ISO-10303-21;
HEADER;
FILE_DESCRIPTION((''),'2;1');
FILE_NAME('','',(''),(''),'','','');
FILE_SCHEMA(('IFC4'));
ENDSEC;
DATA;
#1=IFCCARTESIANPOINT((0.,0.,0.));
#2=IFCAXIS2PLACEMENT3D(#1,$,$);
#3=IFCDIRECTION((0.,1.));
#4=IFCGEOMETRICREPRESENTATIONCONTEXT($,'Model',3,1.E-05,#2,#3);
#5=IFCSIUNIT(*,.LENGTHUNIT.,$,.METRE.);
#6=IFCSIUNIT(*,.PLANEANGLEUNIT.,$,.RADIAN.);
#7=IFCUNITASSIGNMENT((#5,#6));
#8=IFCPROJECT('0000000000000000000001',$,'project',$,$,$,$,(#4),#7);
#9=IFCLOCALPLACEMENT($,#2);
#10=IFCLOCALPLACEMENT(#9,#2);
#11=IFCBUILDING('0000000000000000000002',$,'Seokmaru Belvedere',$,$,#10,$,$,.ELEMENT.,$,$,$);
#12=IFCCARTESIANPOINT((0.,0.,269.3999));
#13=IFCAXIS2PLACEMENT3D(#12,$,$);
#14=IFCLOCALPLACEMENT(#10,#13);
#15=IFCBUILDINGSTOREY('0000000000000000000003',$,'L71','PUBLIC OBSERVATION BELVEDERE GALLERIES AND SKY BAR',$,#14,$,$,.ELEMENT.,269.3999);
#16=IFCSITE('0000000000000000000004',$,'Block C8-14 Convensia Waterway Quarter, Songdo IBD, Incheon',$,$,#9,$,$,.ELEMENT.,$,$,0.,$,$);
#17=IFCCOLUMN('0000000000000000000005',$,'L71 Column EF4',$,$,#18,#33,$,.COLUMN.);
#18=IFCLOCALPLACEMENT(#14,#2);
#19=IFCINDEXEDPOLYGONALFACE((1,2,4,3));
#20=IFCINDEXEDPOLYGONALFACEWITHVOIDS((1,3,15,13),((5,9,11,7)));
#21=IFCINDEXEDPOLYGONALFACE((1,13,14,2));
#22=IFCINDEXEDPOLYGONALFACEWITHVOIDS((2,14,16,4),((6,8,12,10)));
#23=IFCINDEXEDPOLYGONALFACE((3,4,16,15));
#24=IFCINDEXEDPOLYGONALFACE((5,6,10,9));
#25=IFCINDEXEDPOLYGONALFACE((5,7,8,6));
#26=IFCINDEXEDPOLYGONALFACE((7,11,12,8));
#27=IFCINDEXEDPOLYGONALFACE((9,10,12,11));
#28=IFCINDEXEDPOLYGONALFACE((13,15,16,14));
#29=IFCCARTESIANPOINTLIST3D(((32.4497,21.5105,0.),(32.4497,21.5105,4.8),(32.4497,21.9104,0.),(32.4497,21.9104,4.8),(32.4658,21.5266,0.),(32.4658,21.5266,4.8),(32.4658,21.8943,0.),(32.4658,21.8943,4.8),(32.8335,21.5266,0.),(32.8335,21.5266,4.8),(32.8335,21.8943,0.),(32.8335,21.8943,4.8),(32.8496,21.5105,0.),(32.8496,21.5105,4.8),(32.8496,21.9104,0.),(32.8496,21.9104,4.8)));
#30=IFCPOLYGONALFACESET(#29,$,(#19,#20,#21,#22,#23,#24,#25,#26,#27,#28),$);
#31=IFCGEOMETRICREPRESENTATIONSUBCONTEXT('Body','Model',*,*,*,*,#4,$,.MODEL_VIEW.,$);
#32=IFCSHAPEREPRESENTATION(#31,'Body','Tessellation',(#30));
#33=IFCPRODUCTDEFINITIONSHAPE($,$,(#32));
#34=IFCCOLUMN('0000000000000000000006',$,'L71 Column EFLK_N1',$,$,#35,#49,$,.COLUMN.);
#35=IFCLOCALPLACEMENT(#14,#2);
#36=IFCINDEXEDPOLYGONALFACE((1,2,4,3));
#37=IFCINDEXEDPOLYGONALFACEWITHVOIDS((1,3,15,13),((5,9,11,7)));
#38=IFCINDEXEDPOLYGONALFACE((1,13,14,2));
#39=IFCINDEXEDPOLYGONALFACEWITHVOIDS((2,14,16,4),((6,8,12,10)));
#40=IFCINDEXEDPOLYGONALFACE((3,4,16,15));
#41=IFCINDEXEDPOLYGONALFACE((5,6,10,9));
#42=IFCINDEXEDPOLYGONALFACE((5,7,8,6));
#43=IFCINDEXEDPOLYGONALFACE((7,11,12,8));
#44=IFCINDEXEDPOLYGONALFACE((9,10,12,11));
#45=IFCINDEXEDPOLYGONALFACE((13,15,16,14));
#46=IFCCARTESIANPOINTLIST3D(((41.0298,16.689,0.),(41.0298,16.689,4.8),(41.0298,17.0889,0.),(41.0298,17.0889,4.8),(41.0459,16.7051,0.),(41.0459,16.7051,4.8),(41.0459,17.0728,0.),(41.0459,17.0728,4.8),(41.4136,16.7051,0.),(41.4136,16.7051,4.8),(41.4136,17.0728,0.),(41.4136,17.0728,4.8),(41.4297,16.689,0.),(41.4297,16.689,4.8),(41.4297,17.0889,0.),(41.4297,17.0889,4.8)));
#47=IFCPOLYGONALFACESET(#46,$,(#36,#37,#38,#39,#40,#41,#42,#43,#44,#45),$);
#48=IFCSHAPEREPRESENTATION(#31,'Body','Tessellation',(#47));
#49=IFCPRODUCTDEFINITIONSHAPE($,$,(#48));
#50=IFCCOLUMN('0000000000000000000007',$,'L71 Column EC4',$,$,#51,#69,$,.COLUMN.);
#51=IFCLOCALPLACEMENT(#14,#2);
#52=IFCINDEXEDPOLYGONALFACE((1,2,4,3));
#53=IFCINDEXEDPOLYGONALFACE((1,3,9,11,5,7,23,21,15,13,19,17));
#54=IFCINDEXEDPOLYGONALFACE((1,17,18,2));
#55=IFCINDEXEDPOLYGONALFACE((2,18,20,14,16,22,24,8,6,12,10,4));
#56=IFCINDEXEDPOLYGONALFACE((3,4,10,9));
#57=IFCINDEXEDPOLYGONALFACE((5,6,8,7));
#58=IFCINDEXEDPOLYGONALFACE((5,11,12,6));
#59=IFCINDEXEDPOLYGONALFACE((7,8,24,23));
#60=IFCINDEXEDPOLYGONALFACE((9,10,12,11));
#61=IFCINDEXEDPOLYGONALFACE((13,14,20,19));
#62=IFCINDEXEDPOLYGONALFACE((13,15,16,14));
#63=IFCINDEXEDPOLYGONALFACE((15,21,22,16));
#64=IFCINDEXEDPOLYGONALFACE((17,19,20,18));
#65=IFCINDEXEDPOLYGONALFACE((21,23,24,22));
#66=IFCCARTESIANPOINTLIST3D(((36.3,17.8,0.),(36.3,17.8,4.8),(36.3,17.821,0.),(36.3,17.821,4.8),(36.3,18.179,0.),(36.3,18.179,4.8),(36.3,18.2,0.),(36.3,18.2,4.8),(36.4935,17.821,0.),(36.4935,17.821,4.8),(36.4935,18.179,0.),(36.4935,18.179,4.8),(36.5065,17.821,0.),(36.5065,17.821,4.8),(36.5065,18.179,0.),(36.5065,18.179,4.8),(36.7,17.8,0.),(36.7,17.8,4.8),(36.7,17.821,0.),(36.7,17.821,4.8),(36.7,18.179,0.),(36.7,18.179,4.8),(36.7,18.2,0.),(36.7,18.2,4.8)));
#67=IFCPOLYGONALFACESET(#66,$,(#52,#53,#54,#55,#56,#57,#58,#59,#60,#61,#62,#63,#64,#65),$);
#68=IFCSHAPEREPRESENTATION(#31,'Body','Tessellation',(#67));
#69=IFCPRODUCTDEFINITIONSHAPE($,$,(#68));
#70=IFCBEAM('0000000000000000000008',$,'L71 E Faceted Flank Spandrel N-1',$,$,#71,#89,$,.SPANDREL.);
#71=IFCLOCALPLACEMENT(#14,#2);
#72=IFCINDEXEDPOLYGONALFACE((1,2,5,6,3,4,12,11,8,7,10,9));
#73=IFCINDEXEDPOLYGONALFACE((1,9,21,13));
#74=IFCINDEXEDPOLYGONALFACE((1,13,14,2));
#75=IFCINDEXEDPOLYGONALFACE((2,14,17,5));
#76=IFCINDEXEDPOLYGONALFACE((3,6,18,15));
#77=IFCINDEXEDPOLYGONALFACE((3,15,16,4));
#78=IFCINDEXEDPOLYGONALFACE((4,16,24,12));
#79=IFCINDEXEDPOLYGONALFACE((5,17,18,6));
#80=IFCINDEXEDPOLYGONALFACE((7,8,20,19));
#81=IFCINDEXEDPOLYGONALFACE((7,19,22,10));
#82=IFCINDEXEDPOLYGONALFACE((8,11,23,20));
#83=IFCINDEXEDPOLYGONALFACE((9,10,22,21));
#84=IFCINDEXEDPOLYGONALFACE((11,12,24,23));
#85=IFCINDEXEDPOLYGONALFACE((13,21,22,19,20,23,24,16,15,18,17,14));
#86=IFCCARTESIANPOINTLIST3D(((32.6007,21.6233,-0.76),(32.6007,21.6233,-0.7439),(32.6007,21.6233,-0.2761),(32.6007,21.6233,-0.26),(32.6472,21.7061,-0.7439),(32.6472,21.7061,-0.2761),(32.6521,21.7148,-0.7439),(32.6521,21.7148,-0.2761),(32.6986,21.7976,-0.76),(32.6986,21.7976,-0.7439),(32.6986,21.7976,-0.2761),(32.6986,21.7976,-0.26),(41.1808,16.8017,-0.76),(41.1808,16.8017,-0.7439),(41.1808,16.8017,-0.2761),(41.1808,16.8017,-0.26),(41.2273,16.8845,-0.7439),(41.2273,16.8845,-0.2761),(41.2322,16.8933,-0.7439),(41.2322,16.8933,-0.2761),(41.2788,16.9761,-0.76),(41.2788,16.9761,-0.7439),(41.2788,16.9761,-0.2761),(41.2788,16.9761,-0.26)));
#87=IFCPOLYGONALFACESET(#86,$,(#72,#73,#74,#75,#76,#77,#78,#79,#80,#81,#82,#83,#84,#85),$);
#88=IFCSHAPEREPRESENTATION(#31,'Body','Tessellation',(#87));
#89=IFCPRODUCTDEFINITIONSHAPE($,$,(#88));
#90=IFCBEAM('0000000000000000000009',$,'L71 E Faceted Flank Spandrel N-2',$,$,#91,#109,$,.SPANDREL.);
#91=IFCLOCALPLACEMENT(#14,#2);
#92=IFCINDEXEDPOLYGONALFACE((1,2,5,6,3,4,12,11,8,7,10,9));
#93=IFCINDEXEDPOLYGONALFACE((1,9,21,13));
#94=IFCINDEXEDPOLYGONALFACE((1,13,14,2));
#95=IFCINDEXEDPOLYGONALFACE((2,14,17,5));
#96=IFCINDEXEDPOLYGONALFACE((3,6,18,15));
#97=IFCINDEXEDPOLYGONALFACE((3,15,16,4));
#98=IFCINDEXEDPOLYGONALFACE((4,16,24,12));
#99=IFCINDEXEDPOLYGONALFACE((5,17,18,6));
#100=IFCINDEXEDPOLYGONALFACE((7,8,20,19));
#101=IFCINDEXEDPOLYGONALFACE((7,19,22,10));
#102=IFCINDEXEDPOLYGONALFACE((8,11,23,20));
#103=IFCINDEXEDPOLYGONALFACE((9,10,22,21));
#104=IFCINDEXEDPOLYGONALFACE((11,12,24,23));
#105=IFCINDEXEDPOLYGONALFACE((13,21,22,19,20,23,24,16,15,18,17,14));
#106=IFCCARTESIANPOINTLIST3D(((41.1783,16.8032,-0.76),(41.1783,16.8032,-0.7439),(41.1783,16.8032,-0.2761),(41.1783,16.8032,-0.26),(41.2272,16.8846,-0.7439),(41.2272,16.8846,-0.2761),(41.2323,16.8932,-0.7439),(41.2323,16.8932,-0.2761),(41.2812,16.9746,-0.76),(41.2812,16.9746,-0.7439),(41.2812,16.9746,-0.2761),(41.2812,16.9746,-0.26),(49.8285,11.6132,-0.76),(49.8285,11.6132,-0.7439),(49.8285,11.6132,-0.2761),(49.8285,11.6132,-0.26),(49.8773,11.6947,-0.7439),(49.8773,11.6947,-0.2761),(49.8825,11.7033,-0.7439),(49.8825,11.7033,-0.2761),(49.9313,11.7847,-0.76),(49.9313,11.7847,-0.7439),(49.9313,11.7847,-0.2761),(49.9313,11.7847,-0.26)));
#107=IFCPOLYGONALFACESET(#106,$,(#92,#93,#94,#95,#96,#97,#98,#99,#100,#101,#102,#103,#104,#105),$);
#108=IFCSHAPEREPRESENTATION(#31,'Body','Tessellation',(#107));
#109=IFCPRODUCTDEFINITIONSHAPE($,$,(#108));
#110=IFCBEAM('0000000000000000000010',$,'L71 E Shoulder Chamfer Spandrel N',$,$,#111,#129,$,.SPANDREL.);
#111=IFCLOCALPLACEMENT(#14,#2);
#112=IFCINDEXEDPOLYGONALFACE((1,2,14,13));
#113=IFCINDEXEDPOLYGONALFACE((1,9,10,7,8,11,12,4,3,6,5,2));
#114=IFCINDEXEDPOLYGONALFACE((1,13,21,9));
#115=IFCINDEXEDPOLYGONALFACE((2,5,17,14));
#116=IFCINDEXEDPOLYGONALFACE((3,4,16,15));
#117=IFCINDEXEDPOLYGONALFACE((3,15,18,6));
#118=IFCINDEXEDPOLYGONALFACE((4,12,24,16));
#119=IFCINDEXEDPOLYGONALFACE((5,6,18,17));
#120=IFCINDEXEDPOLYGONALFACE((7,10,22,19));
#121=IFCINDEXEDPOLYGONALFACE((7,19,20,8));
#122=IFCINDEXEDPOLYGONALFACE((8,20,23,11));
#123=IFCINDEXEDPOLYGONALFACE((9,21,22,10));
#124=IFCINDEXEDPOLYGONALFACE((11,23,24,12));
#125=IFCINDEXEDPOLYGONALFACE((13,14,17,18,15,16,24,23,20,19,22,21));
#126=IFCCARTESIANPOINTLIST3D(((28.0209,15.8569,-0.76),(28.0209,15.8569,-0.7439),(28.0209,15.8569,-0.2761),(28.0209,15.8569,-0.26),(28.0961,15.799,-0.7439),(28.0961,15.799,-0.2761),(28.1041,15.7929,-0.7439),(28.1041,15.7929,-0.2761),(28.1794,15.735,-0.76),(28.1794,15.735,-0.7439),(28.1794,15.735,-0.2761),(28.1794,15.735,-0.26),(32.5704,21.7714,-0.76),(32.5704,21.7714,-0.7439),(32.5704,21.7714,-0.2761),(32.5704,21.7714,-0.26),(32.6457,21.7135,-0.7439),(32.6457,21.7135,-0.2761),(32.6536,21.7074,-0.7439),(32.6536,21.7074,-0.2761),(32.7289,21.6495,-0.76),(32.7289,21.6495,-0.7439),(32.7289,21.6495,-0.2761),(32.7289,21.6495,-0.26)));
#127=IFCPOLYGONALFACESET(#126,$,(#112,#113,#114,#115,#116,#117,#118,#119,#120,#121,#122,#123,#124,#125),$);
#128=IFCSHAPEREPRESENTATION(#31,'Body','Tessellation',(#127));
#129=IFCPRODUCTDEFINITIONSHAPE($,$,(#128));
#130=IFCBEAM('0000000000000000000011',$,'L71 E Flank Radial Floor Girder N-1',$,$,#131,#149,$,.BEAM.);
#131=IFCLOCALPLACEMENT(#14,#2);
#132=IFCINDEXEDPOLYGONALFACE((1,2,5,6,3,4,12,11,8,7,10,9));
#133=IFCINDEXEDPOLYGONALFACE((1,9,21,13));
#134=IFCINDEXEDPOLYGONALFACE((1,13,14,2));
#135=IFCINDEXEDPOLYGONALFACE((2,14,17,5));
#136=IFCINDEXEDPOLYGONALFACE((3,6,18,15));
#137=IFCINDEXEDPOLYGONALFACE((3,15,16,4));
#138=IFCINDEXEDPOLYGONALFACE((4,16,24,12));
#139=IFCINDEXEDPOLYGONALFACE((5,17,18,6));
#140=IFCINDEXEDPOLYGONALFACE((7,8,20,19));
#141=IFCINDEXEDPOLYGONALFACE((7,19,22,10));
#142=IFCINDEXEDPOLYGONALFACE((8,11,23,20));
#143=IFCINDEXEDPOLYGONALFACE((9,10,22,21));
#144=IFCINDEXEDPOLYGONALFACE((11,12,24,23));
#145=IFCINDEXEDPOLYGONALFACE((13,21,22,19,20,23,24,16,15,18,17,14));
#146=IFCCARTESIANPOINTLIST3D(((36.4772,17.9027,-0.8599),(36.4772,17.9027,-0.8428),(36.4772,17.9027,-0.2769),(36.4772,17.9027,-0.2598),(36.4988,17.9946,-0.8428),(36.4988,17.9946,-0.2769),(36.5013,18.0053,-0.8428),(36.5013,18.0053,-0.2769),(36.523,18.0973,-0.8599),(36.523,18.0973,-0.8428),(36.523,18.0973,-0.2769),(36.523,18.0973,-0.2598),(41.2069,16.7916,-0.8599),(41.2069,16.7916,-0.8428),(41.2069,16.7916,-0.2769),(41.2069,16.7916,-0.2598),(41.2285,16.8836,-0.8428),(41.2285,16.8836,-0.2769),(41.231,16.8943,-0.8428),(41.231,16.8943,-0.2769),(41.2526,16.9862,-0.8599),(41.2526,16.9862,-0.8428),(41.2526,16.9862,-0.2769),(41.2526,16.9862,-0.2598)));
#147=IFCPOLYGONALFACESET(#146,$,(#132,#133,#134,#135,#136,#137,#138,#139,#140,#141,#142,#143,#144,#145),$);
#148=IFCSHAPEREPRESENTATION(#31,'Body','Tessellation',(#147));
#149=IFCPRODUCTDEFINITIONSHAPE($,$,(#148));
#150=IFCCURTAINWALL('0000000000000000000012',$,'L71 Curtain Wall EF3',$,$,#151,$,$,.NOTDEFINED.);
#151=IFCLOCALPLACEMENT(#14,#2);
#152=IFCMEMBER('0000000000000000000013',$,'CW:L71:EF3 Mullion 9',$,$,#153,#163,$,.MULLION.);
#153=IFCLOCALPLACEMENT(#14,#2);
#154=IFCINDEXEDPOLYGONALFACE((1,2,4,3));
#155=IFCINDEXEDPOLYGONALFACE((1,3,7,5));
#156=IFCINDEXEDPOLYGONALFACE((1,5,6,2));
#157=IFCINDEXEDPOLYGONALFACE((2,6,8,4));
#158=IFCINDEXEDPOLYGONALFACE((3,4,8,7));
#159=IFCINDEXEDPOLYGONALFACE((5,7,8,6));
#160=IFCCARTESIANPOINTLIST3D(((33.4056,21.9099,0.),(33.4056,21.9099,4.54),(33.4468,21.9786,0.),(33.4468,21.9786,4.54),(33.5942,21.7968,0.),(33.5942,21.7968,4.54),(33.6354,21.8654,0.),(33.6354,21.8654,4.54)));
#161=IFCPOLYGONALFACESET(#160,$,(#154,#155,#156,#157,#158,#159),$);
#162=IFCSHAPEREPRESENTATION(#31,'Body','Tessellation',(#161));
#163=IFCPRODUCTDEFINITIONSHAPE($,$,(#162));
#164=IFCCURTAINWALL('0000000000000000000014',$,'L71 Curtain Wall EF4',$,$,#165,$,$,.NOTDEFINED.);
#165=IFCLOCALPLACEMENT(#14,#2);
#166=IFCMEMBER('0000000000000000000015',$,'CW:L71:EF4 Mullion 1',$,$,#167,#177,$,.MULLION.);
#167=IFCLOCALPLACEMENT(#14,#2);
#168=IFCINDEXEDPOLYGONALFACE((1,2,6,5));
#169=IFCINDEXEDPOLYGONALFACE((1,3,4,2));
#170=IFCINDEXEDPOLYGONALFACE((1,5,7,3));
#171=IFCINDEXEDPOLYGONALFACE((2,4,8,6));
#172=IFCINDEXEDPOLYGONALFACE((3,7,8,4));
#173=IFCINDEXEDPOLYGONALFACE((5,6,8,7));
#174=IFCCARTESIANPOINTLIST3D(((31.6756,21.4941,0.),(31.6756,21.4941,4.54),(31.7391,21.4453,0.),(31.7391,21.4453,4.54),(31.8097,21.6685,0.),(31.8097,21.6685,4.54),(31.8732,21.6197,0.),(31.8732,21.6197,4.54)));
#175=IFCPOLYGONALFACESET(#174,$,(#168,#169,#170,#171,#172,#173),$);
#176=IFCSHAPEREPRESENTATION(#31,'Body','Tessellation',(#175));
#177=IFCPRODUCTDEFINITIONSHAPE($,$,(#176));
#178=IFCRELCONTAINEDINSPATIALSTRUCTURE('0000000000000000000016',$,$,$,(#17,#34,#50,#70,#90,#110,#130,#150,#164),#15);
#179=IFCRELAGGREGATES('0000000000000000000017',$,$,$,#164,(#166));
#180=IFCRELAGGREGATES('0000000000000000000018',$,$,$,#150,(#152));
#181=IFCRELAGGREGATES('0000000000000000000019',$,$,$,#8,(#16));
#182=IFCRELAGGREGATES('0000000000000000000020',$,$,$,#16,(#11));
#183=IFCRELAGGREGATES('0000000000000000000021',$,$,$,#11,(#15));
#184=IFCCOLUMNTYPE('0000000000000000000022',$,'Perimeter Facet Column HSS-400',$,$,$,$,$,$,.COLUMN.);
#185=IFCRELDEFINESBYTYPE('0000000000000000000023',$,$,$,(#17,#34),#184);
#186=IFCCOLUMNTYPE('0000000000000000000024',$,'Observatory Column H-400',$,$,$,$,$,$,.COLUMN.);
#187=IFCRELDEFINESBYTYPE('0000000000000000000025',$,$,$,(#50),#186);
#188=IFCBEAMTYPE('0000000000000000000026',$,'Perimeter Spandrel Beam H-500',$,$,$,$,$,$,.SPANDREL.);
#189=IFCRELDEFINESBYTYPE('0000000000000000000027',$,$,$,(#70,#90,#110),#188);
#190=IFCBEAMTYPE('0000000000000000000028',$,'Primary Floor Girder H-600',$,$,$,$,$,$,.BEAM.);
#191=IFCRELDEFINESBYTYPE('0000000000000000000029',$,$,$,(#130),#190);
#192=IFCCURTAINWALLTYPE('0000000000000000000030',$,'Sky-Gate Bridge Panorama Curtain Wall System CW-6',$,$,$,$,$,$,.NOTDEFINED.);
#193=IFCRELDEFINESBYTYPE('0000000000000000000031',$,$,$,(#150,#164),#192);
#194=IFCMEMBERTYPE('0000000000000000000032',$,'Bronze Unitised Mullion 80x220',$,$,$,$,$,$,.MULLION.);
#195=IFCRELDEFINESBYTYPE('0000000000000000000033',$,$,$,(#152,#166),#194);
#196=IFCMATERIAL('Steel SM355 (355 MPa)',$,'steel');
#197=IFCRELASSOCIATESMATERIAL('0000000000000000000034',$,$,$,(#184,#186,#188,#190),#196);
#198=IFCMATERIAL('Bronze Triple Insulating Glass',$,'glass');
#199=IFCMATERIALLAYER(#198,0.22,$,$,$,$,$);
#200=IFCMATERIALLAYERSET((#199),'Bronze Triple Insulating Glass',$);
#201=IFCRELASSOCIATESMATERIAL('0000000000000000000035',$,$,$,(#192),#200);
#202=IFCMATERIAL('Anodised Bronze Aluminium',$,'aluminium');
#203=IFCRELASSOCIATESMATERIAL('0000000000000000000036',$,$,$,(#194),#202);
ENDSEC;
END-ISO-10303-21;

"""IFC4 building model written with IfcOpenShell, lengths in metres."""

from ifc_helpers import new_model, si_unit, direction, frame, origin, origin_2d, place, context, subcontext, project, spatial, rectangle, hollow_rectangle, i_section, extrude, source, transform, mapped, material, layer, layer_set, material_profile, profile_set, type_object, type_shapes, element, aggregate, save


model = new_model("IFC4")

# Units and contexts
model_context = context("Model", 3, precision=1e-05, world=origin(), true_north=direction((0.0, 1.0)))
body_context = subcontext(model_context, "Body", "Model", "MODEL_VIEW")
ifc_project = project(units=[si_unit("LENGTHUNIT", "METRE"), si_unit("PLANEANGLEUNIT", "RADIAN")], contexts=[model_context])

# Site, building, storey
site_placement = place(None, origin())
site = spatial("IfcSite", under=ifc_project, at=site_placement, Name="Block C8-14 Convensia Waterway Quarter, Songdo IBD, Incheon", CompositionType="ELEMENT", RefElevation=0.0)
building_placement = place(site_placement, origin())
building = spatial("IfcBuilding", under=site, at=building_placement, Name="Seokmaru Belvedere", CompositionType="ELEMENT")
storey_placement = place(building_placement, frame((0.0, 0.0, 269.3999)))
storey = spatial("IfcBuildingStorey", under=building, at=storey_placement, Name="L71", Description="PUBLIC OBSERVATION BELVEDERE GALLERIES AND SKY BAR", CompositionType="ELEMENT", Elevation=269.3999)

# Columns
ifc_material_1 = material(Name="Steel SM355 (355 MPa)", Category="steel")
ifc_material_profile_1 = material_profile(ifc_material_1, hollow_rectangle(XDim=0.3999, YDim=0.3999, WallThickness=0.0161, at=origin_2d()), Name="HSS-400x400x16")
ifc_profile_set_1 = profile_set([ifc_material_profile_1], Name="Steel SM355 (355 MPa)")
column_type_1 = type_object("IfcColumnType", Name="Perimeter Facet Column HSS-400", PredefinedType="COLUMN", material=ifc_profile_set_1)
shared_shape_1 = source(origin(), body_context, "Body", "SweptSolid", [
    extrude(hollow_rectangle(XDim=0.3999, YDim=0.3999, WallThickness=0.0161, at=origin_2d()), origin(), (0.0, 0.0, 1.0), 4.8),
])
type_shapes(column_type_1, [shared_shape_1])
for number, where, z_axis, x_axis, name in (
    (1, (32.6497, 21.7104, 0.0), (0.0, 0.0, 1.0), (1.0, 0.0, 0.0), "L71 Column EF4"),
    (2, (41.2297, 16.8889, 0.0), (0.0, 0.0, 1.0), (1.0, 0.0, 0.0), "L71 Column EFLK_N1"),
):
    element("IfcColumn", number, at=place(storey_placement, frame(where, z_axis=z_axis, x_axis=x_axis)), inside=storey, type_object=column_type_1, Name=name, PredefinedType="COLUMN", context=body_context, shape_type="MappedRepresentation", body=[
        mapped(shared_shape_1, transform((0.0, 0.0, 0.0), scale=1.0)),
    ])
ifc_material_profile_2 = material_profile(ifc_material_1, i_section(OverallWidth=0.3999, OverallDepth=0.3999, WebThickness=0.0129, FlangeThickness=0.021, at=origin_2d()), Name="H-400x400x13x21")
ifc_profile_set_2 = profile_set([ifc_material_profile_2], Name="Steel SM355 (355 MPa)")
column_type_2 = type_object("IfcColumnType", Name="Observatory Column H-400", PredefinedType="COLUMN", material=ifc_profile_set_2)
shared_shape_2 = source(origin(), body_context, "Body", "SweptSolid", [
    extrude(i_section(OverallWidth=0.3999, OverallDepth=0.3999, WebThickness=0.0129, FlangeThickness=0.021, at=origin_2d()), origin(), (0.0, 0.0, 1.0), 4.8),
])
type_shapes(column_type_2, [shared_shape_2])
column_placement = place(storey_placement, frame((36.5, 18.0, 0.0), z_axis=(0.0, 0.0, 1.0), x_axis=(1.0, 0.0, 0.0)))
element("IfcColumn", 3, at=column_placement, inside=storey, type_object=column_type_2, Name="L71 Column EC4", PredefinedType="COLUMN", context=body_context, shape_type="MappedRepresentation", body=[
    mapped(shared_shape_2, transform((0.0, 0.0, 0.0), scale=1.0)),
])

# Beams
ifc_material_profile_3 = material_profile(ifc_material_1, i_section(OverallWidth=0.2, OverallDepth=0.5, WebThickness=0.01, FlangeThickness=0.0161, at=origin_2d()), Name="H-500x200x10x16")
ifc_profile_set_3 = profile_set([ifc_material_profile_3], Name="Steel SM355 (355 MPa)")
beam_type_1 = type_object("IfcBeamType", Name="Perimeter Spandrel Beam H-500", PredefinedType="SPANDREL", material=ifc_profile_set_3)
shared_shape_3 = source(origin(), body_context, "Body", "SweptSolid", [
    extrude(i_section(OverallWidth=0.2, OverallDepth=0.5, WebThickness=0.01, FlangeThickness=0.0161, at=origin_2d()), origin(), (0.0, 0.0, 1.0), 9.842),
])
beam_1_placement = place(storey_placement, frame((32.6497, 21.7104, -0.51), z_axis=(0.871782, -0.489894, 0.0), x_axis=(0.489894, 0.871782, 0.0)))
element("IfcBeam", 4, at=beam_1_placement, inside=storey, type_object=beam_type_1, Name="L71 E Faceted Flank Spandrel N-1", PredefinedType="SPANDREL", context=body_context, shape_type="MappedRepresentation", body=[
    mapped(shared_shape_3, transform((0.0, 0.0, 0.0), scale=1.0)),
])
shared_shape_4 = source(origin(), body_context, "Body", "SweptSolid", [
    extrude(i_section(OverallWidth=0.2, OverallDepth=0.5, WebThickness=0.01, FlangeThickness=0.0161, at=origin_2d()), origin(), (0.0, 0.0, 1.0), 10.0876),
])
beam_2_placement = place(storey_placement, frame((41.2297, 16.8889, -0.51), z_axis=(0.857499, -0.514485, 0.0), x_axis=(0.514485, 0.857499, 0.0)))
element("IfcBeam", 5, at=beam_2_placement, inside=storey, type_object=beam_type_1, Name="L71 E Faceted Flank Spandrel N-2", PredefinedType="SPANDREL", context=body_context, shape_type="MappedRepresentation", body=[
    mapped(shared_shape_4, transform((0.0, 0.0, 0.0), scale=1.0)),
])
shared_shape_5 = source(origin(), body_context, "Body", "SweptSolid", [
    extrude(i_section(OverallWidth=0.2, OverallDepth=0.5, WebThickness=0.01, FlangeThickness=0.0161, at=origin_2d()), origin(), (0.0, 0.0, 1.0), 7.4619),
])
type_shapes(beam_type_1, [shared_shape_3, shared_shape_4, shared_shape_5])
beam_3_placement = place(storey_placement, frame((32.6497, 21.7104, -0.51), z_axis=(-0.609703, -0.79263, 0.0), x_axis=(0.79263, -0.609703, 0.0)))
element("IfcBeam", 6, at=beam_3_placement, inside=storey, type_object=beam_type_1, Name="L71 E Shoulder Chamfer Spandrel N", PredefinedType="SPANDREL", context=body_context, shape_type="MappedRepresentation", body=[
    mapped(shared_shape_5, transform((0.0, 0.0, 0.0), scale=1.0)),
])
ifc_material_profile_4 = material_profile(ifc_material_1, i_section(OverallWidth=0.2, OverallDepth=0.6001, WebThickness=0.011, FlangeThickness=0.0171, at=origin_2d()), Name="H-600x200x11x17")
ifc_profile_set_4 = profile_set([ifc_material_profile_4], Name="Steel SM355 (355 MPa)")
beam_type_2 = type_object("IfcBeamType", Name="Primary Floor Girder H-600", PredefinedType="BEAM", material=ifc_profile_set_4)
shared_shape_6 = source(origin(), body_context, "Body", "SweptSolid", [
    extrude(i_section(OverallWidth=0.2, OverallDepth=0.6001, WebThickness=0.011, FlangeThickness=0.0171, at=origin_2d()), origin(), (0.0, 0.0, 1.0), 4.8584),
])
type_shapes(beam_type_2, [shared_shape_6])
beam_4_placement = place(storey_placement, frame((41.2297, 16.8889, -0.5598), z_axis=(-0.973499, 0.228689, 0.0), x_axis=(-0.228689, -0.973499, 0.0)))
element("IfcBeam", 7, at=beam_4_placement, inside=storey, type_object=beam_type_2, Name="L71 E Flank Radial Floor Girder N-1", PredefinedType="BEAM", context=body_context, shape_type="MappedRepresentation", body=[
    mapped(shared_shape_6, transform((0.0, 0.0, 0.0), scale=1.0)),
])

# Curtain wall, member
ifc_material_2 = material(Name="Bronze Triple Insulating Glass", Category="glass")
ifc_layer_1 = layer(ifc_material_2, 0.22)
ifc_layer_set_1 = layer_set([ifc_layer_1], Name="Bronze Triple Insulating Glass")
curtain_wall_type = type_object("IfcCurtainWallType", Name="Sky-Gate Bridge Panorama Curtain Wall System CW-6", PredefinedType="NOTDEFINED", material=ifc_layer_set_1)
curtain_wall_1_placement = place(storey_placement, origin())
curtain_wall_1 = element("IfcCurtainWall", 8, at=curtain_wall_1_placement, inside=storey, type_object=curtain_wall_type, Name="L71 Curtain Wall EF3", PredefinedType="NOTDEFINED")
ifc_material_3 = material(Name="Anodised Bronze Aluminium", Category="aluminium")
ifc_material_profile_5 = material_profile(ifc_material_3, rectangle(XDim=0.0801, YDim=0.22, at=origin_2d()), Name="CW-M-80x220")
ifc_profile_set_5 = profile_set([ifc_material_profile_5], Name="Anodised Bronze Aluminium")
member_type_1 = type_object("IfcMemberType", Name="Bronze Unitised Mullion 80x220", PredefinedType="MULLION", material=ifc_profile_set_5)
shared_shape_7 = source(origin(), body_context, "Body", "SweptSolid", [
    extrude(rectangle(XDim=0.0801, YDim=0.22, at=origin_2d()), origin(), (0.0, 0.0, 1.0), 4.54),
])
member_1_placement = place(storey_placement, frame((33.5205, 21.8877, 0.0), z_axis=(0.0, 0.0, 1.0), x_axis=(-0.514495, -0.857493, 0.0)))
member_1 = element("IfcMember", 9, at=member_1_placement, type_object=member_type_1, Name="CW:L71:EF3 Mullion 9", PredefinedType="MULLION", context=body_context, shape_type="MappedRepresentation", body=[
    mapped(shared_shape_7, transform((0.0, 0.0, 0.0), scale=1.0)),
])

# Curtain wall, member
curtain_wall_2_placement = place(storey_placement, origin())
curtain_wall_2 = element("IfcCurtainWall", 10, at=curtain_wall_2_placement, inside=storey, type_object=curtain_wall_type, Name="L71 Curtain Wall EF4", PredefinedType="NOTDEFINED")
member_2_placement = place(storey_placement, frame((31.7744, 21.5569, 0.0), z_axis=(0.0, 0.0, 1.0), x_axis=(0.792631, -0.609701, 0.0)))
member_2 = element("IfcMember", 11, at=member_2_placement, type_object=member_type_1, Name="CW:L71:EF4 Mullion 1", PredefinedType="MULLION", context=body_context, shape_type="MappedRepresentation", body=[
    mapped(shared_shape_7, transform((0.0, 0.0, 0.0), scale=1.0)),
])
aggregate(curtain_wall_2, [member_2])

aggregate(curtain_wall_1, [member_1])

save(model, "model.ifc")
